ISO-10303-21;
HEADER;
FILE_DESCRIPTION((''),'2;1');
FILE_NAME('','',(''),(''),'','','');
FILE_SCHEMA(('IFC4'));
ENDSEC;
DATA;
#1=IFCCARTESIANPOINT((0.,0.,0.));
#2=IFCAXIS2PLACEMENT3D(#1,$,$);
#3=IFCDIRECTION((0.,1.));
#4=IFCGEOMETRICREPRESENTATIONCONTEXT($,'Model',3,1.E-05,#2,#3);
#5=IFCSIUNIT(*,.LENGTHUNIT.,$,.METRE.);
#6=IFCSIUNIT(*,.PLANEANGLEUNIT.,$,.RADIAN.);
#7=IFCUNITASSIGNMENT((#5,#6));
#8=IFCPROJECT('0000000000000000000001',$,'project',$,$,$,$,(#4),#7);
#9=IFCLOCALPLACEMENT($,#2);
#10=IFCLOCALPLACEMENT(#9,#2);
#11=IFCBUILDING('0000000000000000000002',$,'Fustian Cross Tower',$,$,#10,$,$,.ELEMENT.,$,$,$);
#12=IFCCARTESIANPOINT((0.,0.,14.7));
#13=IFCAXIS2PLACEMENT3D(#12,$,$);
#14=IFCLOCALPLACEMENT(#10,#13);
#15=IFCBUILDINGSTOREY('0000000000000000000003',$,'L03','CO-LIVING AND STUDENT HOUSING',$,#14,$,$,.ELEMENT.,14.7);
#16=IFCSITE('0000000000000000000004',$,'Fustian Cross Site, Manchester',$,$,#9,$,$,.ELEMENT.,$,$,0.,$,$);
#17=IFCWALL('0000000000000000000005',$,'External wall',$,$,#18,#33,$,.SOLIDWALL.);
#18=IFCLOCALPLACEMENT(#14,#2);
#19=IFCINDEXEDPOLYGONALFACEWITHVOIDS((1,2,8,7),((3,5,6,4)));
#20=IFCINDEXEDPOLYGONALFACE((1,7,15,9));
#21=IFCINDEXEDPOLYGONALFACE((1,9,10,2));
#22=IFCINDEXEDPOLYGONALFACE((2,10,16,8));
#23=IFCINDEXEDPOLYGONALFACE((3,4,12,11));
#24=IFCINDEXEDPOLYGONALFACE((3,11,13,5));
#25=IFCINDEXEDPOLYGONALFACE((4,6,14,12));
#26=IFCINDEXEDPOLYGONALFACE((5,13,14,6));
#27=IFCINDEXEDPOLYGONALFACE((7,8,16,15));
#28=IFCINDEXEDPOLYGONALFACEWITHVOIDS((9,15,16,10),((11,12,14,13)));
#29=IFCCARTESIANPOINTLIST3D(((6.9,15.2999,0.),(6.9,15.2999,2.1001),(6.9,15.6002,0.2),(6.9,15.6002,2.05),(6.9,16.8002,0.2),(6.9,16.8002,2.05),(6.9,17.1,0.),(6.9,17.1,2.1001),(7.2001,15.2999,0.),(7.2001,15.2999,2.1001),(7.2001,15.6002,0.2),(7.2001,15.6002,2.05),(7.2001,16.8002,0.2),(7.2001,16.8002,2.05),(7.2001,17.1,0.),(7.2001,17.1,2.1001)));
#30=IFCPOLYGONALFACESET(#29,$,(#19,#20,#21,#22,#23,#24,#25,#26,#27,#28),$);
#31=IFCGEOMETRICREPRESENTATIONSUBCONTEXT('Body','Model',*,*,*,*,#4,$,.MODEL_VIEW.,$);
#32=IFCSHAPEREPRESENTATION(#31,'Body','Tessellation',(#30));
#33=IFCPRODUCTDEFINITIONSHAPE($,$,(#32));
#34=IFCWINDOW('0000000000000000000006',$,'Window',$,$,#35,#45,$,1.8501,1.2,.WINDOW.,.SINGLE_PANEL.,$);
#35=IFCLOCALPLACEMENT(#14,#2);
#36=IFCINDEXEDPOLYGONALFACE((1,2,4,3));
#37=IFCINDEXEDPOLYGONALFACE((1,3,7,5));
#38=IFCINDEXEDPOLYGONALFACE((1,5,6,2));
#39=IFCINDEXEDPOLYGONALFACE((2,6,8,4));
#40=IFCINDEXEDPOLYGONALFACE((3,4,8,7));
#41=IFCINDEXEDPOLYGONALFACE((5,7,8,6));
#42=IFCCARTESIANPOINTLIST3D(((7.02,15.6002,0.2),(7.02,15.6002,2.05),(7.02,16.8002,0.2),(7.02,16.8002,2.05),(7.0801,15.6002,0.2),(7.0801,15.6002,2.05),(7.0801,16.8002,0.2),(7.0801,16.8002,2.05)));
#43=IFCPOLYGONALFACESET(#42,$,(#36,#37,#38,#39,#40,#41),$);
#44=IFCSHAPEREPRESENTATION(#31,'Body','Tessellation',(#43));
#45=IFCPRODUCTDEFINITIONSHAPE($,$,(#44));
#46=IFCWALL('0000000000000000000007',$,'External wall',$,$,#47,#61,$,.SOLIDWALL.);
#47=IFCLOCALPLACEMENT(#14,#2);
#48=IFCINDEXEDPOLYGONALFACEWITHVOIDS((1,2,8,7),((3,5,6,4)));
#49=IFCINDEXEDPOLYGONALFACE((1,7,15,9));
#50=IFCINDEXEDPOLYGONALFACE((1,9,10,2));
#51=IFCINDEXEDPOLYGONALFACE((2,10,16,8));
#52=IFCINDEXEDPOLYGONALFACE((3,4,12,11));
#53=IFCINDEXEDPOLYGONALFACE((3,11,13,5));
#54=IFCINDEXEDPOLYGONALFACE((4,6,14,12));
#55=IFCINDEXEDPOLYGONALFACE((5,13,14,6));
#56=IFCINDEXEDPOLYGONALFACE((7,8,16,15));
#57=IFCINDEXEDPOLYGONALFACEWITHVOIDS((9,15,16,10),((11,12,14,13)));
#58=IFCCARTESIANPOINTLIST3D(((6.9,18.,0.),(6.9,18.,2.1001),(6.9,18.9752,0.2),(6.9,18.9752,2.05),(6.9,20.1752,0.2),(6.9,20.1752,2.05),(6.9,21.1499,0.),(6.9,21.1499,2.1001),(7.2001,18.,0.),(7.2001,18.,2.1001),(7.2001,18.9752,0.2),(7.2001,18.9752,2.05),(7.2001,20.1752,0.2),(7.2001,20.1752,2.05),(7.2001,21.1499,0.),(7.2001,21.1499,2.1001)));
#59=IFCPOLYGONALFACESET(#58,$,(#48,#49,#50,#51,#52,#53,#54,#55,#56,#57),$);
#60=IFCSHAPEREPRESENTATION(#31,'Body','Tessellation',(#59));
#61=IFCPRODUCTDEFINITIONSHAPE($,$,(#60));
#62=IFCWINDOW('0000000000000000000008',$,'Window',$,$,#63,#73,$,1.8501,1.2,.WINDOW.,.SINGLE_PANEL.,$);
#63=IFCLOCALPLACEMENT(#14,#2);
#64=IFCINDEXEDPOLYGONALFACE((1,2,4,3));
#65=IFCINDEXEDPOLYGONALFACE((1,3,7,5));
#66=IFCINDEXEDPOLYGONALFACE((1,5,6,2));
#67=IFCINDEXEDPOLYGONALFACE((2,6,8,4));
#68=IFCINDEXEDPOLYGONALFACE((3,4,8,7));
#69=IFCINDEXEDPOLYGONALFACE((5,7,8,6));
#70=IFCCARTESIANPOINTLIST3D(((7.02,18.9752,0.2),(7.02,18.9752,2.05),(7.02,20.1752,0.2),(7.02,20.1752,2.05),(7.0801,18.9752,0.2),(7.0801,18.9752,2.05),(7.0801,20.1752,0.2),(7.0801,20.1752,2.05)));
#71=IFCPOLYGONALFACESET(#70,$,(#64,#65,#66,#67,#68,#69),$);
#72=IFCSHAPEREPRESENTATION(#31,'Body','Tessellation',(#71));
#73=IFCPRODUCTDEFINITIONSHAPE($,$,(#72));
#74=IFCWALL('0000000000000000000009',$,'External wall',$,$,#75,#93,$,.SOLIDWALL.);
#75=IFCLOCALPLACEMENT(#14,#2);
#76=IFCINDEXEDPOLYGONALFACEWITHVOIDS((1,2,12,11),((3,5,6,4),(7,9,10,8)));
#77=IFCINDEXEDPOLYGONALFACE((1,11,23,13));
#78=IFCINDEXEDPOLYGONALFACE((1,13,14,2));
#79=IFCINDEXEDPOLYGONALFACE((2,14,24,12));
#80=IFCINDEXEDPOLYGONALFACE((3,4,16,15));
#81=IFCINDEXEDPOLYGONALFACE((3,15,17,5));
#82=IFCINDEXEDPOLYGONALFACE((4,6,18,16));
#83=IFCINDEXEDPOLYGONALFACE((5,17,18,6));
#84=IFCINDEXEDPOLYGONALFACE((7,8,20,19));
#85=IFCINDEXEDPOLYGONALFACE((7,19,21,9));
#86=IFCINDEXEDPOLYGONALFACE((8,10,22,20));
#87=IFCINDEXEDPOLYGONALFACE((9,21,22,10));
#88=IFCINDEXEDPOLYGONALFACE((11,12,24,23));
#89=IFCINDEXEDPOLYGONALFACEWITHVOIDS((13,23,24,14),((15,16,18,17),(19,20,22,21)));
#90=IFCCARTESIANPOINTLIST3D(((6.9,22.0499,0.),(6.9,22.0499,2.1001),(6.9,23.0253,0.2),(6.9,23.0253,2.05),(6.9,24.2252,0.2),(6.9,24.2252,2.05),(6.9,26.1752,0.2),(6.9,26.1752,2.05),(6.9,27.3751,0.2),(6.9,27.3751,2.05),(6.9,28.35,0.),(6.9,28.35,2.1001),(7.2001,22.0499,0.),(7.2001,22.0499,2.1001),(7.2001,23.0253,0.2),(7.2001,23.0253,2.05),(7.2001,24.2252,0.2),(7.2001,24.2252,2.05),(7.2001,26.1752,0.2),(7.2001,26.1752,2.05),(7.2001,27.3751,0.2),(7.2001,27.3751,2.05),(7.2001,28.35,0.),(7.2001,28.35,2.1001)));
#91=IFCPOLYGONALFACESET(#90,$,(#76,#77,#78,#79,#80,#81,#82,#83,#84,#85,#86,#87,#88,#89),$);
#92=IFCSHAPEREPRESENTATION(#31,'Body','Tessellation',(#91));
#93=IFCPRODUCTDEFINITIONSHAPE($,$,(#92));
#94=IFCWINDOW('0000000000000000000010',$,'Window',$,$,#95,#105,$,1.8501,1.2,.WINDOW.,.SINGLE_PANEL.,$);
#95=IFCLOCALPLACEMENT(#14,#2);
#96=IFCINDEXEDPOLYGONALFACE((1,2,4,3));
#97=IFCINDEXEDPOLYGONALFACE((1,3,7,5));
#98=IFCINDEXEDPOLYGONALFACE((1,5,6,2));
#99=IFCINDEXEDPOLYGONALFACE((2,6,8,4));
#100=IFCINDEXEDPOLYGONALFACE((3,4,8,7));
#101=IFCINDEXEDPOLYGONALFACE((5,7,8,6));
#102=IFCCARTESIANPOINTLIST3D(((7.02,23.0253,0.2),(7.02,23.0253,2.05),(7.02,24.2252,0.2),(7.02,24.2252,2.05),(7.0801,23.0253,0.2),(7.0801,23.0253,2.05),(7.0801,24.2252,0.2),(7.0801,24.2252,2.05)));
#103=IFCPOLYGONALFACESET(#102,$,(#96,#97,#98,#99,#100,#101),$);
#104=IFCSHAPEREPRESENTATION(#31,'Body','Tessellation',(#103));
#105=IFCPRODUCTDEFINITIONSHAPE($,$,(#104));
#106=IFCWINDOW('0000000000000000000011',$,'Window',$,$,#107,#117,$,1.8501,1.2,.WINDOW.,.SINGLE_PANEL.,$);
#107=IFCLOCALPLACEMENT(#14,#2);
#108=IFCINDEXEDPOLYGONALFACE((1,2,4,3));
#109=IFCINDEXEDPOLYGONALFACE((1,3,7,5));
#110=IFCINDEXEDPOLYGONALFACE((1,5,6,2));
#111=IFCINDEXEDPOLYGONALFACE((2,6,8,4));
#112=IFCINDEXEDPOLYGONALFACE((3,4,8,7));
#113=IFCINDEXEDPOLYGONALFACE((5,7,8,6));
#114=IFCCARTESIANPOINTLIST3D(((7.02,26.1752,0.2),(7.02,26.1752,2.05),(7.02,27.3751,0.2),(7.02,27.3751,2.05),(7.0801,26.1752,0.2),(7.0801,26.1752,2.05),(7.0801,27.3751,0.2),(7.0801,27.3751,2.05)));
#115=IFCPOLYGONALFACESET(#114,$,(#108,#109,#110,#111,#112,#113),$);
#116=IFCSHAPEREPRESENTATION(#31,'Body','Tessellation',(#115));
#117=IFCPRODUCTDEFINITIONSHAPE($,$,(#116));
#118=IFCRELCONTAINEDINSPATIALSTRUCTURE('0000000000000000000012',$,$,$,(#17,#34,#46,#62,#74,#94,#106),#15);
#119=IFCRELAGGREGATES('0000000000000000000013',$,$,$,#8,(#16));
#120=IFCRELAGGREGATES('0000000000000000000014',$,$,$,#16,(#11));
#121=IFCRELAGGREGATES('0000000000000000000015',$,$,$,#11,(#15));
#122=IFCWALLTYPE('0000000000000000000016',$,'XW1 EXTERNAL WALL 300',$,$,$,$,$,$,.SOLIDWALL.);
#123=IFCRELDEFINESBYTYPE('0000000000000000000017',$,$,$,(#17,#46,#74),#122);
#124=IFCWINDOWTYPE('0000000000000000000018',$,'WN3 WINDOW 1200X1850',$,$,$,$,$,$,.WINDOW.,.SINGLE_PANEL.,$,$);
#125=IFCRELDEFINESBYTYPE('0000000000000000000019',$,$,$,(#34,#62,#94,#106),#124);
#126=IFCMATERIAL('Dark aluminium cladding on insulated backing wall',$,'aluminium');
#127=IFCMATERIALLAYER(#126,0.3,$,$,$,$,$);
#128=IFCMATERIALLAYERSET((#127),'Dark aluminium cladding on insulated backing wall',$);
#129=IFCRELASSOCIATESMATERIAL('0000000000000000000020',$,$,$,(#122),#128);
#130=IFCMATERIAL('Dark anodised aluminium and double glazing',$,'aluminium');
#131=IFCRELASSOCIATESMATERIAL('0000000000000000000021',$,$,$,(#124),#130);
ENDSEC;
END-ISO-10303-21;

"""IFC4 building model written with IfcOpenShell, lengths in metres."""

from ifc_helpers import new_model, si_unit, direction, frame, frame_2d, origin, place, context, subcontext, project, spatial, rectangle, extrude, material, layer, layer_set, type_object, element, fill, save


model = new_model("IFC4")

# Units and contexts
model_context = context("Model", 3, precision=1e-05, world=origin(), true_north=direction((0.0, 1.0)))
body_context = subcontext(model_context, "Body", "Model", "MODEL_VIEW")
ifc_project = project(units=[si_unit("LENGTHUNIT", "METRE"), si_unit("PLANEANGLEUNIT", "RADIAN")], contexts=[model_context])

# Site, building, storey
site_placement = place(None, origin())
site = spatial("IfcSite", under=ifc_project, at=site_placement, Name="Fustian Cross Site, Manchester", CompositionType="ELEMENT", RefElevation=0.0)
building_placement = place(site_placement, origin())
building = spatial("IfcBuilding", under=site, at=building_placement, Name="Fustian Cross Tower", CompositionType="ELEMENT")
storey_placement = place(building_placement, frame((0.0, 0.0, 14.7)))
storey = spatial("IfcBuildingStorey", under=building, at=storey_placement, Name="L03", Description="CO-LIVING AND STUDENT HOUSING", CompositionType="ELEMENT", Elevation=14.7)

# Walls, openings, windows
ifc_material_1 = material(Name="Dark aluminium cladding on insulated backing wall", Category="aluminium")
ifc_layer_1 = layer(ifc_material_1, 0.3)
ifc_layer_set_1 = layer_set([ifc_layer_1], Name="Dark aluminium cladding on insulated backing wall")
wall_type_1 = type_object("IfcWallType", Name="XW1 EXTERNAL WALL 300", PredefinedType="SOLIDWALL", material=ifc_layer_set_1)
wall_1_placement = place(storey_placement, frame((7.05, 15.3, 0.0), z_axis=(0.0, 0.0, 1.0), x_axis=(0.0, 1.0, 0.0)))
wall_1 = element("IfcWall", 1, at=wall_1_placement, inside=storey, type_object=wall_type_1, Name="External wall", PredefinedType="SOLIDWALL", context=body_context, shape_type="SweptSolid", body=[
    extrude(rectangle(XDim=1.8, YDim=0.3, at=frame_2d((0.8999, 0.0))), origin(), (0.0, 0.0, 1.0), 2.1001),
])
opening_1_placement = place(wall_1_placement, frame((0.3, 0.0, 0.2)))
opening_1 = element("IfcOpeningElement", 2, at=opening_1_placement, cuts=wall_1, PredefinedType="OPENING", context=body_context, shape_type="SweptSolid", body=[
    extrude(rectangle(XDim=1.2, YDim=1.8501, at=frame_2d((0.6001, 0.925))), frame((0.0, 0.1599, 0.0), z_axis=(0.0, -1.0, 0.0), x_axis=(1.0, 0.0, 0.0)), (0.0, 0.0, 1.0), 0.3201),
])
ifc_material_2 = material(Name="Dark anodised aluminium and double glazing", Category="aluminium")
window_type = type_object("IfcWindowType", Name="WN3 WINDOW 1200X1850", PartitioningType="SINGLE_PANEL", PredefinedType="WINDOW", material=ifc_material_2)
window_1_placement = place(opening_1_placement, origin())
window_1 = element("IfcWindow", 3, at=window_1_placement, inside=storey, type_object=window_type, Name="Window", OverallHeight=1.8501, OverallWidth=1.2, PartitioningType="SINGLE_PANEL", PredefinedType="WINDOW", context=body_context, shape_type="SweptSolid", body=[
    extrude(rectangle(XDim=1.2, YDim=1.8501, at=frame_2d((0.6001, 0.925))), frame((0.0, 0.03, 0.0), z_axis=(0.0, -1.0, 0.0), x_axis=(1.0, 0.0, 0.0)), (0.0, 0.0, 1.0), 0.0601),
])
fill(opening_1, window_1)
wall_2_placement = place(storey_placement, frame((7.05, 18.0, 0.0), z_axis=(0.0, 0.0, 1.0), x_axis=(0.0, 1.0, 0.0)))
wall_2 = element("IfcWall", 4, at=wall_2_placement, inside=storey, type_object=wall_type_1, Name="External wall", PredefinedType="SOLIDWALL", context=body_context, shape_type="SweptSolid", body=[
    extrude(rectangle(XDim=3.1499, YDim=0.3, at=frame_2d((1.575, 0.0))), origin(), (0.0, 0.0, 1.0), 2.1001),
])
opening_2_placement = place(wall_2_placement, frame((0.9751, 0.0, 0.2)))
opening_2 = element("IfcOpeningElement", 5, at=opening_2_placement, cuts=wall_2, PredefinedType="OPENING", context=body_context, shape_type="SweptSolid", body=[
    extrude(rectangle(XDim=1.2, YDim=1.8501, at=frame_2d((0.6001, 0.925))), frame((0.0, 0.1599, 0.0), z_axis=(0.0, -1.0, 0.0), x_axis=(1.0, 0.0, 0.0)), (0.0, 0.0, 1.0), 0.3201),
])
window_2_placement = place(opening_2_placement, origin())
window_2 = element("IfcWindow", 6, at=window_2_placement, inside=storey, type_object=window_type, Name="Window", OverallHeight=1.8501, OverallWidth=1.2, PartitioningType="SINGLE_PANEL", PredefinedType="WINDOW", context=body_context, shape_type="SweptSolid", body=[
    extrude(rectangle(XDim=1.2, YDim=1.8501, at=frame_2d((0.6001, 0.925))), frame((0.0, 0.03, 0.0), z_axis=(0.0, -1.0, 0.0), x_axis=(1.0, 0.0, 0.0)), (0.0, 0.0, 1.0), 0.0601),
])
fill(opening_2, window_2)

# Wall, openings, windows
wall_3_placement = place(storey_placement, frame((7.05, 22.05, 0.0), z_axis=(0.0, 0.0, 1.0), x_axis=(0.0, 1.0, 0.0)))
wall_3 = element("IfcWall", 7, at=wall_3_placement, inside=storey, type_object=wall_type_1, Name="External wall", PredefinedType="SOLIDWALL", context=body_context, shape_type="SweptSolid", body=[
    extrude(rectangle(XDim=6.3, YDim=0.3, at=frame_2d((3.1499, 0.0))), origin(), (0.0, 0.0, 1.0), 2.1001),
])
opening_3_placement = place(wall_3_placement, frame((0.9751, 0.0, 0.2)))
opening_3 = element("IfcOpeningElement", 8, at=opening_3_placement, cuts=wall_3, PredefinedType="OPENING", context=body_context, shape_type="SweptSolid", body=[
    extrude(rectangle(XDim=1.2, YDim=1.8501, at=frame_2d((0.6001, 0.925))), frame((0.0, 0.1599, 0.0), z_axis=(0.0, -1.0, 0.0), x_axis=(1.0, 0.0, 0.0)), (0.0, 0.0, 1.0), 0.3201),
])
opening_4_placement = place(wall_3_placement, frame((4.125, 0.0, 0.2)))
opening_4 = element("IfcOpeningElement", 9, at=opening_4_placement, cuts=wall_3, PredefinedType="OPENING", context=body_context, shape_type="SweptSolid", body=[
    extrude(rectangle(XDim=1.2, YDim=1.8501, at=frame_2d((0.6001, 0.925))), frame((0.0, 0.1599, 0.0), z_axis=(0.0, -1.0, 0.0), x_axis=(1.0, 0.0, 0.0)), (0.0, 0.0, 1.0), 0.3201),
])
window_3_placement = place(opening_3_placement, origin())
window_3 = element("IfcWindow", 10, at=window_3_placement, inside=storey, type_object=window_type, Name="Window", OverallHeight=1.8501, OverallWidth=1.2, PartitioningType="SINGLE_PANEL", PredefinedType="WINDOW", context=body_context, shape_type="SweptSolid", body=[
    extrude(rectangle(XDim=1.2, YDim=1.8501, at=frame_2d((0.6001, 0.925))), frame((0.0, 0.03, 0.0), z_axis=(0.0, -1.0, 0.0), x_axis=(1.0, 0.0, 0.0)), (0.0, 0.0, 1.0), 0.0601),
])
fill(opening_3, window_3)
window_4_placement = place(opening_4_placement, origin())
window_4 = element("IfcWindow", 11, at=window_4_placement, inside=storey, type_object=window_type, Name="Window", OverallHeight=1.8501, OverallWidth=1.2, PartitioningType="SINGLE_PANEL", PredefinedType="WINDOW", context=body_context, shape_type="SweptSolid", body=[
    extrude(rectangle(XDim=1.2, YDim=1.8501, at=frame_2d((0.6001, 0.925))), frame((0.0, 0.03, 0.0), z_axis=(0.0, -1.0, 0.0), x_axis=(1.0, 0.0, 0.0)), (0.0, 0.0, 1.0), 0.0601),
])
fill(opening_4, window_4)

save(model, "model.ifc")
